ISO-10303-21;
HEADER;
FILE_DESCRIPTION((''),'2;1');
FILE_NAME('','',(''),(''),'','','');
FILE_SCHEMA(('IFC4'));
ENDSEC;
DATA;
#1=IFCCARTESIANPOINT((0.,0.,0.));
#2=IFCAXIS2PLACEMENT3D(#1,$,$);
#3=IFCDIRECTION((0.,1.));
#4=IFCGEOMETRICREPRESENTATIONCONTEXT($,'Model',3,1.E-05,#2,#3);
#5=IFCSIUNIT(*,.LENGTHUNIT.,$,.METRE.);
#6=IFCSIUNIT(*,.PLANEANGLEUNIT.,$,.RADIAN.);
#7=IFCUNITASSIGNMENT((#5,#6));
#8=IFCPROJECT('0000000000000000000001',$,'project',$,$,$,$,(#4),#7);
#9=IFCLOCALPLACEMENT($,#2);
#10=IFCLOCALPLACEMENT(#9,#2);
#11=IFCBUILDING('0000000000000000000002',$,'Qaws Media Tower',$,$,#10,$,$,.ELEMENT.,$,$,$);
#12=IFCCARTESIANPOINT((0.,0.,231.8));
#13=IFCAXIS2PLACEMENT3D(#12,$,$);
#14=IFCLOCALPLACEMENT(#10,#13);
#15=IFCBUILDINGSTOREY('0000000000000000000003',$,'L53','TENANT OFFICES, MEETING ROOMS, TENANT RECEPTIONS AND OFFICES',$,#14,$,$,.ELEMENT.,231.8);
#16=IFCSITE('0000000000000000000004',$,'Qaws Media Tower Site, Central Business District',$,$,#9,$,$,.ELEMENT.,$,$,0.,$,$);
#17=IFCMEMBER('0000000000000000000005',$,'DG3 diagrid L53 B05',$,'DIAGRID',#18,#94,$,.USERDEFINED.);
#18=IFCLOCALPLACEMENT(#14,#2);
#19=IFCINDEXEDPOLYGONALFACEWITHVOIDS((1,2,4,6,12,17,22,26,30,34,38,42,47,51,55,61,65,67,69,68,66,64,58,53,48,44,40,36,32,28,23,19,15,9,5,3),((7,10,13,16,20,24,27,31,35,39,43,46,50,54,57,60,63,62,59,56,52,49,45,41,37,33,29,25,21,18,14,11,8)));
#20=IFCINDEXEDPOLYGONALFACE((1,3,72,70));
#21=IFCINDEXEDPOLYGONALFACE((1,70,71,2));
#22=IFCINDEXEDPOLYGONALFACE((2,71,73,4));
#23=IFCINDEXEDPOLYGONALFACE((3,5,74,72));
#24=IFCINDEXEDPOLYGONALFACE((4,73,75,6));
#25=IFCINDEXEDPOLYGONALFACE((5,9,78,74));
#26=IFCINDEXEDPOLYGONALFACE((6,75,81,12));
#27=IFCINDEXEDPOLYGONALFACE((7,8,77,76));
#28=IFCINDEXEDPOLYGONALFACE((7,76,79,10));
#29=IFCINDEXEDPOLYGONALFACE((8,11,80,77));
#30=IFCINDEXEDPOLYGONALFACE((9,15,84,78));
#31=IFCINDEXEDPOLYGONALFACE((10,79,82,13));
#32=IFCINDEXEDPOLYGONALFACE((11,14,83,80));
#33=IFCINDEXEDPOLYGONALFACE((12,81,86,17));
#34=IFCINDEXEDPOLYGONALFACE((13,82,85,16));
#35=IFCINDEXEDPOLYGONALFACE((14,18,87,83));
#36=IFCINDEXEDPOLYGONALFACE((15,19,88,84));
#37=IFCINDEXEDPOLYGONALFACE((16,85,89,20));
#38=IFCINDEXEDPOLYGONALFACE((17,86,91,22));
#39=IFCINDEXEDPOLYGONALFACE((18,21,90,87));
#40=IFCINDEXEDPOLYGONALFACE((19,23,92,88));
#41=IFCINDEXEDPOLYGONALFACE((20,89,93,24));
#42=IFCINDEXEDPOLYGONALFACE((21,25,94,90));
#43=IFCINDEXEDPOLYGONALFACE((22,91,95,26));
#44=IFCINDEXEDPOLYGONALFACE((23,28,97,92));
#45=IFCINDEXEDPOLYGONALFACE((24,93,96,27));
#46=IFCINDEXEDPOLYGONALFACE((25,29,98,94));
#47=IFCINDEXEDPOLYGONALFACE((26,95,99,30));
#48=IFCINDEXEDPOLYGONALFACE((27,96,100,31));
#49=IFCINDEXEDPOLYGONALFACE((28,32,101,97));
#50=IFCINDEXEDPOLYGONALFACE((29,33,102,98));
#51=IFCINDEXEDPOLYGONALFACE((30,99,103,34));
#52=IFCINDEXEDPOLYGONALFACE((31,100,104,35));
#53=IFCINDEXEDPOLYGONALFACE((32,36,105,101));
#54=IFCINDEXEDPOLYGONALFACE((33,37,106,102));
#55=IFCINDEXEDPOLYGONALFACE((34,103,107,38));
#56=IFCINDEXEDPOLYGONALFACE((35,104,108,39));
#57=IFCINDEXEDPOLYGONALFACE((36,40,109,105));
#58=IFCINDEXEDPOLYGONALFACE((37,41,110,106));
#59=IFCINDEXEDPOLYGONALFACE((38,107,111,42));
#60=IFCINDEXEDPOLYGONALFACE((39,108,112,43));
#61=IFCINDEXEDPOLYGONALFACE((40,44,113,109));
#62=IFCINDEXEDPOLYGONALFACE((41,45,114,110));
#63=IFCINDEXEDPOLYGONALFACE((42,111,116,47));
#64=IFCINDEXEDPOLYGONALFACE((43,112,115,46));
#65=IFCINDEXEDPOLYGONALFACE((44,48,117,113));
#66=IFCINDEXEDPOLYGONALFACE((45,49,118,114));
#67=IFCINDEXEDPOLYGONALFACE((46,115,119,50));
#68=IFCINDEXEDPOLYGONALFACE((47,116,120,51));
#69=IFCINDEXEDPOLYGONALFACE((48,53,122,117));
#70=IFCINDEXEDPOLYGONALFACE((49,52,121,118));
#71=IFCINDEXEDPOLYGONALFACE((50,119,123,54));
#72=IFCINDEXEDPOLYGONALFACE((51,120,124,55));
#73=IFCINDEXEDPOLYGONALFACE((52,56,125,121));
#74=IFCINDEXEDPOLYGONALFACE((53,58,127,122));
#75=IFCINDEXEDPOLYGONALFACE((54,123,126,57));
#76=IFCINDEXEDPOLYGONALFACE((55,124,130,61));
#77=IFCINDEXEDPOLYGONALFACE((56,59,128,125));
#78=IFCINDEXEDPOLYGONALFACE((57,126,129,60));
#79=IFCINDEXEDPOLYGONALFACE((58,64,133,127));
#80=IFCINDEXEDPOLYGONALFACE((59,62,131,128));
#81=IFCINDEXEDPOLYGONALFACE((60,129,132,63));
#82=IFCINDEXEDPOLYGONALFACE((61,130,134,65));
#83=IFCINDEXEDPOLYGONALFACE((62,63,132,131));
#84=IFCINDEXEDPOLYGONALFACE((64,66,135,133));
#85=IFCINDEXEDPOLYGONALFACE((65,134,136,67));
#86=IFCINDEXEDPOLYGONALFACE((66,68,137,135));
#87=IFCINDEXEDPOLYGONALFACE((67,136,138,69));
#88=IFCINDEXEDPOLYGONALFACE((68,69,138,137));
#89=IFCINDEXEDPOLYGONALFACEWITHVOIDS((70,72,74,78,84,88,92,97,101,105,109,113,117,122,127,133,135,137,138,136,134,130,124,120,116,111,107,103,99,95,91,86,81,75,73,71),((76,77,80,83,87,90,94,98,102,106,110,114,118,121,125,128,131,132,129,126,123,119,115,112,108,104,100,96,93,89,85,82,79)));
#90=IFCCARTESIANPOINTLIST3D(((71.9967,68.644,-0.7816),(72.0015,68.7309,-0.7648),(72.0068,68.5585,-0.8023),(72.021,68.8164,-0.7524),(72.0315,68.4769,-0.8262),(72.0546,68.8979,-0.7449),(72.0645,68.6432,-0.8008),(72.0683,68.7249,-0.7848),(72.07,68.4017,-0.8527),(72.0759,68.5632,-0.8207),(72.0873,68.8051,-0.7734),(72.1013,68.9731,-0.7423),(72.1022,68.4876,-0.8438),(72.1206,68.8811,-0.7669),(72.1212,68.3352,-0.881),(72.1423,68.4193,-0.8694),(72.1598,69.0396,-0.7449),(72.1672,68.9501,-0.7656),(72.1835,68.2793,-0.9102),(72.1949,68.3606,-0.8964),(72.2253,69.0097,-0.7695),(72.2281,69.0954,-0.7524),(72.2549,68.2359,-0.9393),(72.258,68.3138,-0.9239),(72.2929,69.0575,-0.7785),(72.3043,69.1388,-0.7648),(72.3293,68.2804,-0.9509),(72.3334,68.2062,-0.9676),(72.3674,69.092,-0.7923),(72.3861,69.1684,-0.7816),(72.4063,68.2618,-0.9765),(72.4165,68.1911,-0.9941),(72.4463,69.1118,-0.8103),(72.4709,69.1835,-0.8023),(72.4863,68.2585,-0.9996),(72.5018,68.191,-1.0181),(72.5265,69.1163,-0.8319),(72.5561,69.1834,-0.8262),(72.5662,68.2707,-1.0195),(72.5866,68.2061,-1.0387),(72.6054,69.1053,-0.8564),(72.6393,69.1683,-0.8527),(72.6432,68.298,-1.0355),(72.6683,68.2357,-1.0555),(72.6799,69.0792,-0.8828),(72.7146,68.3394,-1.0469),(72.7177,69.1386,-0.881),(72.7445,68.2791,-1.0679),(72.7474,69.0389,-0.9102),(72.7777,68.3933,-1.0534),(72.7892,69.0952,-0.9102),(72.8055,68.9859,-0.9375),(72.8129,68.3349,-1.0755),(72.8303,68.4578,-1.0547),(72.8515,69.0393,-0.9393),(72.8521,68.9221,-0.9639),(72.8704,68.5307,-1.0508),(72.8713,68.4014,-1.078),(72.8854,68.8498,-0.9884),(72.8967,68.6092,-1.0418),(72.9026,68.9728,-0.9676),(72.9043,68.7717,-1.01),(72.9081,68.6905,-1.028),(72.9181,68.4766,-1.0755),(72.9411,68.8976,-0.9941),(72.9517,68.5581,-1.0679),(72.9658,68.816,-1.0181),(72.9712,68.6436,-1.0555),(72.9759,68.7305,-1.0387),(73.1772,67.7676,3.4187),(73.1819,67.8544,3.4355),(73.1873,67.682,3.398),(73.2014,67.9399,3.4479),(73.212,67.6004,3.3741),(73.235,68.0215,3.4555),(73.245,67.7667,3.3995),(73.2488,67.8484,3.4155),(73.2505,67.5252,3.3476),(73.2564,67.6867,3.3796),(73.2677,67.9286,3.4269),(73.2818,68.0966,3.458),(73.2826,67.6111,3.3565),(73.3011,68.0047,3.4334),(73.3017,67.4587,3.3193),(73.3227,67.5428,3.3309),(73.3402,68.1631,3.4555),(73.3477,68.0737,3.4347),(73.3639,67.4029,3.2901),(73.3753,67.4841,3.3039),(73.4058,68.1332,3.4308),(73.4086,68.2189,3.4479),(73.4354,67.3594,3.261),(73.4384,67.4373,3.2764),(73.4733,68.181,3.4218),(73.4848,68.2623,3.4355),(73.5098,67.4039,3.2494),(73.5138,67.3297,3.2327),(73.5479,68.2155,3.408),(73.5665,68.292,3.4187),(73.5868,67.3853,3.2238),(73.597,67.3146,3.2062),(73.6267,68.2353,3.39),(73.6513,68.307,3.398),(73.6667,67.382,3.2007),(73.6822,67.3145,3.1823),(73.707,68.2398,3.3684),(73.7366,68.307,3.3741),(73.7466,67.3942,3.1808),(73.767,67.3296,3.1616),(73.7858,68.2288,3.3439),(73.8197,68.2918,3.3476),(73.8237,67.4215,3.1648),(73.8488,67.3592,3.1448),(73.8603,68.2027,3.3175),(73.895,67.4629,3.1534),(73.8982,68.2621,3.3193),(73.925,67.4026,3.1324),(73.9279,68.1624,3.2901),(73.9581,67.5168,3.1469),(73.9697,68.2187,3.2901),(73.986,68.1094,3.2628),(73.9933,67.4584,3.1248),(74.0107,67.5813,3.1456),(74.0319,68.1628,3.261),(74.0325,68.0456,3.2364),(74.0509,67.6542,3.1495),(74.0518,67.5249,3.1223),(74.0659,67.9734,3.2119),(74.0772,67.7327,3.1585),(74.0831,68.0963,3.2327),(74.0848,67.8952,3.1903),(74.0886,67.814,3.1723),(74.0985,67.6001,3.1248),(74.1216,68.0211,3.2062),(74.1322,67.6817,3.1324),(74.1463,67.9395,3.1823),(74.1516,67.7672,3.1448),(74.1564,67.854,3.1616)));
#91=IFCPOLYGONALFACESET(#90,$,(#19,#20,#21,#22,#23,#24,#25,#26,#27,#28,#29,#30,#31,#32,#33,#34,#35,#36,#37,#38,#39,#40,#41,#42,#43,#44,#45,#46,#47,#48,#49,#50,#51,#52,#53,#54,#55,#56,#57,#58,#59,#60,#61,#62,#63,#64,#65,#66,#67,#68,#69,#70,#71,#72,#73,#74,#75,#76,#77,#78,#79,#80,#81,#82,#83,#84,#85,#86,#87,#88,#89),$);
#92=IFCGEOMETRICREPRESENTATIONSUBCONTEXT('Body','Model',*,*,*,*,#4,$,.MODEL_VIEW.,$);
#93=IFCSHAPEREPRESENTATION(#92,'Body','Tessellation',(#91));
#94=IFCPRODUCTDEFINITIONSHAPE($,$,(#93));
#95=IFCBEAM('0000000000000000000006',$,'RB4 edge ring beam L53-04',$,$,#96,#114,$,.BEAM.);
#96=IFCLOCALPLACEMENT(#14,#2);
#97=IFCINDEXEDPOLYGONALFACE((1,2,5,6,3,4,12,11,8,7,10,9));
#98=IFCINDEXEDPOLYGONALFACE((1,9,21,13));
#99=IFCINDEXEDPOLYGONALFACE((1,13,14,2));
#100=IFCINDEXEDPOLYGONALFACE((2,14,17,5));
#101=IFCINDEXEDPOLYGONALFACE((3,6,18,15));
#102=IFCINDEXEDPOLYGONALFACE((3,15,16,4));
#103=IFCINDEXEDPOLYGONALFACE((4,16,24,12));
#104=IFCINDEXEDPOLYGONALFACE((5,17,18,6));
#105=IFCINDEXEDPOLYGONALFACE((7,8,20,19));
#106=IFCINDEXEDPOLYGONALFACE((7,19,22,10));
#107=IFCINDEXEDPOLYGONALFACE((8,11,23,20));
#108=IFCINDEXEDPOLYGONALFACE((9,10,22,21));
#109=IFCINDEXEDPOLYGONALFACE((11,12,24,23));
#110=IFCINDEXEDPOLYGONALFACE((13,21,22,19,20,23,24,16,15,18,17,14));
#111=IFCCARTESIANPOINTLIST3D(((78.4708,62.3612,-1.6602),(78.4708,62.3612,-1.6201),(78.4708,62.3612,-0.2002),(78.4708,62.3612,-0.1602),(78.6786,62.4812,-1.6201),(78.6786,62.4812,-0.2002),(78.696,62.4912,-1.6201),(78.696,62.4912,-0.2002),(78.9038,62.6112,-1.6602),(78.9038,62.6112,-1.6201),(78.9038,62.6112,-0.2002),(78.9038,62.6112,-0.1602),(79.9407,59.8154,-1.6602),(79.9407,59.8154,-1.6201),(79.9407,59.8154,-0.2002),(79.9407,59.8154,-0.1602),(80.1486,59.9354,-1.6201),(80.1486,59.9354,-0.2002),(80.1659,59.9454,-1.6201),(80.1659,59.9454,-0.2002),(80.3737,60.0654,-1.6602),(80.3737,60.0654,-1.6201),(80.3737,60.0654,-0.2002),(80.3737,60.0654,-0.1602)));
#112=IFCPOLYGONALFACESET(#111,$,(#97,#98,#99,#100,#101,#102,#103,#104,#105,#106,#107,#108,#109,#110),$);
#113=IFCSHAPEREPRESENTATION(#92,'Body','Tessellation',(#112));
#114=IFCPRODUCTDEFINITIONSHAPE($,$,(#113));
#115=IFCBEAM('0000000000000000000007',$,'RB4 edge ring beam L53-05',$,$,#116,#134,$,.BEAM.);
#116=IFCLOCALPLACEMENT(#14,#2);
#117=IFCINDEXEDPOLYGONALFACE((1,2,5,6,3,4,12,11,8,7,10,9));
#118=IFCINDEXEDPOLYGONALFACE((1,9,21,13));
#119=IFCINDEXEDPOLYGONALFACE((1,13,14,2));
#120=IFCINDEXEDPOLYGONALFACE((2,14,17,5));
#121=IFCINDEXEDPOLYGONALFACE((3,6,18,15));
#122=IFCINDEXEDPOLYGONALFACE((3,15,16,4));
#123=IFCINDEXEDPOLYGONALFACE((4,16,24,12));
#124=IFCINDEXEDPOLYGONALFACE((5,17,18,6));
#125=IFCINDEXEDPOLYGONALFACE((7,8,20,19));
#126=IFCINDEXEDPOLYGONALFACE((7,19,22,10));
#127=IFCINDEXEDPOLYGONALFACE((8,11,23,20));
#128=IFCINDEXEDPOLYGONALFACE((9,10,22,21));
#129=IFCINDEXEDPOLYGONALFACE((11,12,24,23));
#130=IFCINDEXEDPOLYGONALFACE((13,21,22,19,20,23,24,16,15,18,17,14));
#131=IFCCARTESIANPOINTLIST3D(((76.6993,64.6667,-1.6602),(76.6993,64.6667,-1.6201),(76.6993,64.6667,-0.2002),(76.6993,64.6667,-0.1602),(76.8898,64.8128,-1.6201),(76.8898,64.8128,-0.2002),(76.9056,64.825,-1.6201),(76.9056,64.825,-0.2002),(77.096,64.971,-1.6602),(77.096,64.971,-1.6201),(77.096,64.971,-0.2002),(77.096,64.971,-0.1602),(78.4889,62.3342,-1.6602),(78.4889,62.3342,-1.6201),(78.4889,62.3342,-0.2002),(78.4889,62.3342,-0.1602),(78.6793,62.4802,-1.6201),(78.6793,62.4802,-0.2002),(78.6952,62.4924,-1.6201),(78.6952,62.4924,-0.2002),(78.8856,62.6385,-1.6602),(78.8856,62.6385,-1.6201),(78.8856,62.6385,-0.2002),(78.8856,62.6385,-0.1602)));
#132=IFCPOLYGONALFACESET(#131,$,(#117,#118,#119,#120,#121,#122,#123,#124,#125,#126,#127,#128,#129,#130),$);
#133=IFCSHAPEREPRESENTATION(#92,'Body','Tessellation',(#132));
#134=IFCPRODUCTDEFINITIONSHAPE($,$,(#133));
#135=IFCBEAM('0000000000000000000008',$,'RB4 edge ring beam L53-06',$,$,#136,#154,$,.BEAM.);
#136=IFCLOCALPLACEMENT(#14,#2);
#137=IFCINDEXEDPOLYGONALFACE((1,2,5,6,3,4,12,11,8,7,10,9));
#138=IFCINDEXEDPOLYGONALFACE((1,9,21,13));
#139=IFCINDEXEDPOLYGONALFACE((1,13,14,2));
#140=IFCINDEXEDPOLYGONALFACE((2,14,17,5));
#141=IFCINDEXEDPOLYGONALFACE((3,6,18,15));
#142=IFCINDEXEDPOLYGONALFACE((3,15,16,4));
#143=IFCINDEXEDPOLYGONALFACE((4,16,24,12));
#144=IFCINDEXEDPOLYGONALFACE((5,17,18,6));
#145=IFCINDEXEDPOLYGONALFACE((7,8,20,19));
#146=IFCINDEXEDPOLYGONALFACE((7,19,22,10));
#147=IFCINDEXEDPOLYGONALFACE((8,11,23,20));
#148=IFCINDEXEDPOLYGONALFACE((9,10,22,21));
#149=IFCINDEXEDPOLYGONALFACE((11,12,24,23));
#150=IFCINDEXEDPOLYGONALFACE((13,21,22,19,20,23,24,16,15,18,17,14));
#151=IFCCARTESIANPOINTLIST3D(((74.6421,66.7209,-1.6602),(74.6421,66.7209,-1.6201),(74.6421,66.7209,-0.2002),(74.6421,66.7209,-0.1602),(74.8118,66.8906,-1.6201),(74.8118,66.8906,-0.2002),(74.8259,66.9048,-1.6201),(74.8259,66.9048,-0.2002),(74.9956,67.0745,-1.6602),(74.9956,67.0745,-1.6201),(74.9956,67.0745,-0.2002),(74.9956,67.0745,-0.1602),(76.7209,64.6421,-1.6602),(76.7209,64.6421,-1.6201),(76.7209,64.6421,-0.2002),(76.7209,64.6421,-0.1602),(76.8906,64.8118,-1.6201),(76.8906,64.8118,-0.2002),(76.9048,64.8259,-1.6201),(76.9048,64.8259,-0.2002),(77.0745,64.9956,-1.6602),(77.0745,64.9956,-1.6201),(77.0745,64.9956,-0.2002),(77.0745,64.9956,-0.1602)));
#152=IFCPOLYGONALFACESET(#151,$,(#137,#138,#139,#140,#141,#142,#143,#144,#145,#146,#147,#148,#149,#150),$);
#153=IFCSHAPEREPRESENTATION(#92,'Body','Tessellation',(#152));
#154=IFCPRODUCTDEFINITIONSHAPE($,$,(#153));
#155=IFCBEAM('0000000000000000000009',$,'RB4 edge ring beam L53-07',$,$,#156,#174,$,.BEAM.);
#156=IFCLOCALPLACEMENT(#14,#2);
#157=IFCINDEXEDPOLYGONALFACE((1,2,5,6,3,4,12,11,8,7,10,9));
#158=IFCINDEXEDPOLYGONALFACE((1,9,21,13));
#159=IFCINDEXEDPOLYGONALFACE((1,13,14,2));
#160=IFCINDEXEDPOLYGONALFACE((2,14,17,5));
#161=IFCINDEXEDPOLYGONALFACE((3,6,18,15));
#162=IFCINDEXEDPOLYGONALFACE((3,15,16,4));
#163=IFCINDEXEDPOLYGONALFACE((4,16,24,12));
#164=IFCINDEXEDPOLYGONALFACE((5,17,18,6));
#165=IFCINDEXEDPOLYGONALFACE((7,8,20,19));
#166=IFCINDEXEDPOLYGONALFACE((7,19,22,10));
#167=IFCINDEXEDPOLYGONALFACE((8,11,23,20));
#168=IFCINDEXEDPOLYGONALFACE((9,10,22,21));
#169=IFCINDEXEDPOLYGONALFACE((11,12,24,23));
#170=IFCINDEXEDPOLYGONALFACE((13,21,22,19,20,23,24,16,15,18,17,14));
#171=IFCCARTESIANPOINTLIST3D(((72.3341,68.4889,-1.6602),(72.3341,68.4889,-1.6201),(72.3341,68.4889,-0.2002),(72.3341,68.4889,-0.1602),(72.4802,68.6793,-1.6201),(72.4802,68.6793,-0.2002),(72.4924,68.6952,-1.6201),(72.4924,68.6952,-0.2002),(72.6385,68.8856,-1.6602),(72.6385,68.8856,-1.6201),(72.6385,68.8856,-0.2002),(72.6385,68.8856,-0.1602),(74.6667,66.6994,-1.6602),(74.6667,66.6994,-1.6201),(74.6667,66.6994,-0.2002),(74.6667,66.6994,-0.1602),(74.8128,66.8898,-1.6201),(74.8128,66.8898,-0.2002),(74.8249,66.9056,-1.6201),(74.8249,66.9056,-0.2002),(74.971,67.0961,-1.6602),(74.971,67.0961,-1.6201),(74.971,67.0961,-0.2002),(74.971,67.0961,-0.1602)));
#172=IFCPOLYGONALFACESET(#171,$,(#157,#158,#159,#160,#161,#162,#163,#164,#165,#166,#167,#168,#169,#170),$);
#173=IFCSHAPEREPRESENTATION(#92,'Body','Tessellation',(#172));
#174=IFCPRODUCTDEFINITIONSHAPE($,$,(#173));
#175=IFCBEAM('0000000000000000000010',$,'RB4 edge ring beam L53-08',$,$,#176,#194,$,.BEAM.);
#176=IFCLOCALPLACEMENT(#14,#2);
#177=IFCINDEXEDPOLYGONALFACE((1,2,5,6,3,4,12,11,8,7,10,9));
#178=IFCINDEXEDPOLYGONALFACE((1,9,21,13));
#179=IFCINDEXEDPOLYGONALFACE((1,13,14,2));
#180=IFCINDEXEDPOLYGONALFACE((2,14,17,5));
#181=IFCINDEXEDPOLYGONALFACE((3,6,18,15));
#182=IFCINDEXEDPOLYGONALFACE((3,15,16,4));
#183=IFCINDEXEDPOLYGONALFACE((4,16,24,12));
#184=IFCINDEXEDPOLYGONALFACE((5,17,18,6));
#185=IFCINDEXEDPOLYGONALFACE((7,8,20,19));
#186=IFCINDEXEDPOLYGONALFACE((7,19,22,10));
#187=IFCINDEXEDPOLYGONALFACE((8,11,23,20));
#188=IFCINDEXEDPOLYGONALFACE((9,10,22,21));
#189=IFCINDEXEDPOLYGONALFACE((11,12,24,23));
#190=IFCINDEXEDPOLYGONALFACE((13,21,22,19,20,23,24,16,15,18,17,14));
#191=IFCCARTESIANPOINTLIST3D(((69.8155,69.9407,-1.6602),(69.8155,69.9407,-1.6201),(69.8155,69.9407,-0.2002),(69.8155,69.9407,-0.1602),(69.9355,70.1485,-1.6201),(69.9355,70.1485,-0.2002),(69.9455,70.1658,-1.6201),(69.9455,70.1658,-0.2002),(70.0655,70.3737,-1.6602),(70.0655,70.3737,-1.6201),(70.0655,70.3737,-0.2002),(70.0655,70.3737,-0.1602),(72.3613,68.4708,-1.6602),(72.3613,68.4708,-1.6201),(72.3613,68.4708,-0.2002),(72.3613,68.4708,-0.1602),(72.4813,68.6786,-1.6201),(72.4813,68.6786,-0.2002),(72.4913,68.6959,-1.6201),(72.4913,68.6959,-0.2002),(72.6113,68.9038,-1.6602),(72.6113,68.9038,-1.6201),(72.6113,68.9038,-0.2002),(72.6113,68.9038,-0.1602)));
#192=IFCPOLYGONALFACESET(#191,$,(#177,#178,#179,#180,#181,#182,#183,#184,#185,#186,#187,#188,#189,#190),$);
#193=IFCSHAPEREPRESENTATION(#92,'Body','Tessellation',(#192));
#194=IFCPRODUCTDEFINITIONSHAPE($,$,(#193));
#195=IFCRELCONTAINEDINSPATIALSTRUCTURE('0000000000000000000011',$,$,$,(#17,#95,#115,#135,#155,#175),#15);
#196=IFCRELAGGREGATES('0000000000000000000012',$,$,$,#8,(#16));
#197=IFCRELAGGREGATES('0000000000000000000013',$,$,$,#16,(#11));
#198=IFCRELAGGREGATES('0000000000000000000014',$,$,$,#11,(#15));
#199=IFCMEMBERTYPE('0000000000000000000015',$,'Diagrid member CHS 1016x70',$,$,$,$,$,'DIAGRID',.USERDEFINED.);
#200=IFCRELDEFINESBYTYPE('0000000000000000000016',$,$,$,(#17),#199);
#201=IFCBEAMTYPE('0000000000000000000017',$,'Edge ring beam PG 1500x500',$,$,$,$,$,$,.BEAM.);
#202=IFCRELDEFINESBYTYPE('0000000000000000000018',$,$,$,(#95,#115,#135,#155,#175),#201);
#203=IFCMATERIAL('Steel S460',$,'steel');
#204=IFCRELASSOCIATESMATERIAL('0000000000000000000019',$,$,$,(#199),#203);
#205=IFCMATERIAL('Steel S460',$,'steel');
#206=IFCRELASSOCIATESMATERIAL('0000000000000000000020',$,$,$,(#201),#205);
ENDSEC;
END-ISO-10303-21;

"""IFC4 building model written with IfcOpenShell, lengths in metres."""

from ifc_helpers import new_model, si_unit, direction, frame, origin, origin_2d, place, context, subcontext, project, spatial, hollow_circle, i_section, extrude, material, material_profile, profile_set, type_object, element, save


model = new_model("IFC4")

# Units and contexts
model_context = context("Model", 3, precision=1e-05, world=origin(), true_north=direction((0.0, 1.0)))
body_context = subcontext(model_context, "Body", "Model", "MODEL_VIEW")
ifc_project = project(units=[si_unit("LENGTHUNIT", "METRE"), si_unit("PLANEANGLEUNIT", "RADIAN")], contexts=[model_context])

# Site, building, storey
site_placement = place(None, origin())
site = spatial("IfcSite", under=ifc_project, at=site_placement, Name="Qaws Media Tower Site, Central Business District", CompositionType="ELEMENT", RefElevation=0.0)
building_placement = place(site_placement, origin())
building = spatial("IfcBuilding", under=site, at=building_placement, Name="Qaws Media Tower", CompositionType="ELEMENT")
storey_placement = place(building_placement, frame((0.0, 0.0, 231.8)))
storey = spatial("IfcBuildingStorey", under=building, at=storey_placement, Name="L53", Description="TENANT OFFICES, MEETING ROOMS, TENANT RECEPTIONS AND OFFICES", CompositionType="ELEMENT", Elevation=231.8)

# Member
ifc_material_1 = material(Name="Steel S460", Category="steel")
ifc_material_profile_1 = material_profile(ifc_material_1, hollow_circle(Radius=0.5081, WallThickness=0.0701, at=origin_2d()), Name="CHS 1016x70")
ifc_profile_set_1 = profile_set([ifc_material_profile_1], Name="Steel S460")
member_type_1 = type_object("IfcMemberType", Name="Diagrid member CHS 1016x70", ElementType="DIAGRID", PredefinedType="USERDEFINED", material=ifc_profile_set_1)
member_1_placement = place(storey_placement, frame((72.4863, 68.6873, -0.9102), z_axis=(0.265258, -0.196955, 0.943847), x_axis=(0.596141, 0.80288, 0.0)))
element("IfcMember", 1, at=member_1_placement, inside=storey, type_object=member_type_1, Name="DG3 diagrid L53 B05", ObjectType="DIAGRID", PredefinedType="USERDEFINED", context=body_context, shape_type="SweptSolid", body=[
    extrude(hollow_circle(Radius=0.5081, WallThickness=0.0701, at=origin_2d()), origin(), (0.0, 0.0, 1.0), 4.4502),
])

# Beams
ifc_material_2 = material(Name="Steel S460", Category="steel")
ifc_material_profile_2 = material_profile(ifc_material_2, i_section(OverallWidth=0.5, OverallDepth=1.5, WebThickness=0.02, FlangeThickness=0.04, at=origin_2d()), Name="PG 1500x500")
ifc_profile_set_2 = profile_set([ifc_material_profile_2], Name="Steel S460")
beam_type = type_object("IfcBeamType", Name="Edge ring beam PG 1500x500", PredefinedType="BEAM", material=ifc_profile_set_2)
beam_1_placement = place(storey_placement, frame((80.1572, 59.9404, -0.9102), z_axis=(-0.500024, 0.866011, 0.0), x_axis=(-0.866011, -0.500024, 0.0)))
element("IfcBeam", 2, at=beam_1_placement, inside=storey, type_object=beam_type, Name="RB4 edge ring beam L53-04", PredefinedType="BEAM", context=body_context, shape_type="SweptSolid", body=[
    extrude(i_section(OverallWidth=0.5, OverallDepth=1.5, WebThickness=0.02, FlangeThickness=0.04, at=origin_2d()), origin(), (0.0, 0.0, 1.0), 2.9397),
])
for number, where, z_axis, x_axis, name in (
    (3, (78.6873, 62.4863, -0.9102), (-0.608707, 0.793395, 0.0), (-0.793395, -0.608707, 0.0), "RB4 edge ring beam L53-05"),
    (4, (76.8977, 64.8188, -0.9102), (-0.707107, 0.707107, 0.0), (-0.707107, -0.707107, 0.0), "RB4 edge ring beam L53-06"),
    (5, (74.8188, 66.8977, -0.9102), (-0.793395, 0.608707, 0.0), (-0.608707, -0.793395, 0.0), "RB4 edge ring beam L53-07"),
):
    element("IfcBeam", number, at=place(storey_placement, frame(where, z_axis=z_axis, x_axis=x_axis)), inside=storey, type_object=beam_type, Name=name, PredefinedType="BEAM", context=body_context, shape_type="SweptSolid", body=[
        extrude(i_section(OverallWidth=0.5, OverallDepth=1.5, WebThickness=0.02, FlangeThickness=0.04, at=origin_2d()), origin(), (0.0, 0.0, 1.0), 2.9399),
    ])
beam_2_placement = place(storey_placement, frame((72.4863, 68.6873, -0.9102), z_axis=(-0.866011, 0.500024, 0.0), x_axis=(-0.500024, -0.866011, 0.0)))
element("IfcBeam", 6, at=beam_2_placement, inside=storey, type_object=beam_type, Name="RB4 edge ring beam L53-08", PredefinedType="BEAM", context=body_context, shape_type="SweptSolid", body=[
    extrude(i_section(OverallWidth=0.5, OverallDepth=1.5, WebThickness=0.02, FlangeThickness=0.04, at=origin_2d()), origin(), (0.0, 0.0, 1.0), 2.9397),
])

save(model, "model.ifc")
